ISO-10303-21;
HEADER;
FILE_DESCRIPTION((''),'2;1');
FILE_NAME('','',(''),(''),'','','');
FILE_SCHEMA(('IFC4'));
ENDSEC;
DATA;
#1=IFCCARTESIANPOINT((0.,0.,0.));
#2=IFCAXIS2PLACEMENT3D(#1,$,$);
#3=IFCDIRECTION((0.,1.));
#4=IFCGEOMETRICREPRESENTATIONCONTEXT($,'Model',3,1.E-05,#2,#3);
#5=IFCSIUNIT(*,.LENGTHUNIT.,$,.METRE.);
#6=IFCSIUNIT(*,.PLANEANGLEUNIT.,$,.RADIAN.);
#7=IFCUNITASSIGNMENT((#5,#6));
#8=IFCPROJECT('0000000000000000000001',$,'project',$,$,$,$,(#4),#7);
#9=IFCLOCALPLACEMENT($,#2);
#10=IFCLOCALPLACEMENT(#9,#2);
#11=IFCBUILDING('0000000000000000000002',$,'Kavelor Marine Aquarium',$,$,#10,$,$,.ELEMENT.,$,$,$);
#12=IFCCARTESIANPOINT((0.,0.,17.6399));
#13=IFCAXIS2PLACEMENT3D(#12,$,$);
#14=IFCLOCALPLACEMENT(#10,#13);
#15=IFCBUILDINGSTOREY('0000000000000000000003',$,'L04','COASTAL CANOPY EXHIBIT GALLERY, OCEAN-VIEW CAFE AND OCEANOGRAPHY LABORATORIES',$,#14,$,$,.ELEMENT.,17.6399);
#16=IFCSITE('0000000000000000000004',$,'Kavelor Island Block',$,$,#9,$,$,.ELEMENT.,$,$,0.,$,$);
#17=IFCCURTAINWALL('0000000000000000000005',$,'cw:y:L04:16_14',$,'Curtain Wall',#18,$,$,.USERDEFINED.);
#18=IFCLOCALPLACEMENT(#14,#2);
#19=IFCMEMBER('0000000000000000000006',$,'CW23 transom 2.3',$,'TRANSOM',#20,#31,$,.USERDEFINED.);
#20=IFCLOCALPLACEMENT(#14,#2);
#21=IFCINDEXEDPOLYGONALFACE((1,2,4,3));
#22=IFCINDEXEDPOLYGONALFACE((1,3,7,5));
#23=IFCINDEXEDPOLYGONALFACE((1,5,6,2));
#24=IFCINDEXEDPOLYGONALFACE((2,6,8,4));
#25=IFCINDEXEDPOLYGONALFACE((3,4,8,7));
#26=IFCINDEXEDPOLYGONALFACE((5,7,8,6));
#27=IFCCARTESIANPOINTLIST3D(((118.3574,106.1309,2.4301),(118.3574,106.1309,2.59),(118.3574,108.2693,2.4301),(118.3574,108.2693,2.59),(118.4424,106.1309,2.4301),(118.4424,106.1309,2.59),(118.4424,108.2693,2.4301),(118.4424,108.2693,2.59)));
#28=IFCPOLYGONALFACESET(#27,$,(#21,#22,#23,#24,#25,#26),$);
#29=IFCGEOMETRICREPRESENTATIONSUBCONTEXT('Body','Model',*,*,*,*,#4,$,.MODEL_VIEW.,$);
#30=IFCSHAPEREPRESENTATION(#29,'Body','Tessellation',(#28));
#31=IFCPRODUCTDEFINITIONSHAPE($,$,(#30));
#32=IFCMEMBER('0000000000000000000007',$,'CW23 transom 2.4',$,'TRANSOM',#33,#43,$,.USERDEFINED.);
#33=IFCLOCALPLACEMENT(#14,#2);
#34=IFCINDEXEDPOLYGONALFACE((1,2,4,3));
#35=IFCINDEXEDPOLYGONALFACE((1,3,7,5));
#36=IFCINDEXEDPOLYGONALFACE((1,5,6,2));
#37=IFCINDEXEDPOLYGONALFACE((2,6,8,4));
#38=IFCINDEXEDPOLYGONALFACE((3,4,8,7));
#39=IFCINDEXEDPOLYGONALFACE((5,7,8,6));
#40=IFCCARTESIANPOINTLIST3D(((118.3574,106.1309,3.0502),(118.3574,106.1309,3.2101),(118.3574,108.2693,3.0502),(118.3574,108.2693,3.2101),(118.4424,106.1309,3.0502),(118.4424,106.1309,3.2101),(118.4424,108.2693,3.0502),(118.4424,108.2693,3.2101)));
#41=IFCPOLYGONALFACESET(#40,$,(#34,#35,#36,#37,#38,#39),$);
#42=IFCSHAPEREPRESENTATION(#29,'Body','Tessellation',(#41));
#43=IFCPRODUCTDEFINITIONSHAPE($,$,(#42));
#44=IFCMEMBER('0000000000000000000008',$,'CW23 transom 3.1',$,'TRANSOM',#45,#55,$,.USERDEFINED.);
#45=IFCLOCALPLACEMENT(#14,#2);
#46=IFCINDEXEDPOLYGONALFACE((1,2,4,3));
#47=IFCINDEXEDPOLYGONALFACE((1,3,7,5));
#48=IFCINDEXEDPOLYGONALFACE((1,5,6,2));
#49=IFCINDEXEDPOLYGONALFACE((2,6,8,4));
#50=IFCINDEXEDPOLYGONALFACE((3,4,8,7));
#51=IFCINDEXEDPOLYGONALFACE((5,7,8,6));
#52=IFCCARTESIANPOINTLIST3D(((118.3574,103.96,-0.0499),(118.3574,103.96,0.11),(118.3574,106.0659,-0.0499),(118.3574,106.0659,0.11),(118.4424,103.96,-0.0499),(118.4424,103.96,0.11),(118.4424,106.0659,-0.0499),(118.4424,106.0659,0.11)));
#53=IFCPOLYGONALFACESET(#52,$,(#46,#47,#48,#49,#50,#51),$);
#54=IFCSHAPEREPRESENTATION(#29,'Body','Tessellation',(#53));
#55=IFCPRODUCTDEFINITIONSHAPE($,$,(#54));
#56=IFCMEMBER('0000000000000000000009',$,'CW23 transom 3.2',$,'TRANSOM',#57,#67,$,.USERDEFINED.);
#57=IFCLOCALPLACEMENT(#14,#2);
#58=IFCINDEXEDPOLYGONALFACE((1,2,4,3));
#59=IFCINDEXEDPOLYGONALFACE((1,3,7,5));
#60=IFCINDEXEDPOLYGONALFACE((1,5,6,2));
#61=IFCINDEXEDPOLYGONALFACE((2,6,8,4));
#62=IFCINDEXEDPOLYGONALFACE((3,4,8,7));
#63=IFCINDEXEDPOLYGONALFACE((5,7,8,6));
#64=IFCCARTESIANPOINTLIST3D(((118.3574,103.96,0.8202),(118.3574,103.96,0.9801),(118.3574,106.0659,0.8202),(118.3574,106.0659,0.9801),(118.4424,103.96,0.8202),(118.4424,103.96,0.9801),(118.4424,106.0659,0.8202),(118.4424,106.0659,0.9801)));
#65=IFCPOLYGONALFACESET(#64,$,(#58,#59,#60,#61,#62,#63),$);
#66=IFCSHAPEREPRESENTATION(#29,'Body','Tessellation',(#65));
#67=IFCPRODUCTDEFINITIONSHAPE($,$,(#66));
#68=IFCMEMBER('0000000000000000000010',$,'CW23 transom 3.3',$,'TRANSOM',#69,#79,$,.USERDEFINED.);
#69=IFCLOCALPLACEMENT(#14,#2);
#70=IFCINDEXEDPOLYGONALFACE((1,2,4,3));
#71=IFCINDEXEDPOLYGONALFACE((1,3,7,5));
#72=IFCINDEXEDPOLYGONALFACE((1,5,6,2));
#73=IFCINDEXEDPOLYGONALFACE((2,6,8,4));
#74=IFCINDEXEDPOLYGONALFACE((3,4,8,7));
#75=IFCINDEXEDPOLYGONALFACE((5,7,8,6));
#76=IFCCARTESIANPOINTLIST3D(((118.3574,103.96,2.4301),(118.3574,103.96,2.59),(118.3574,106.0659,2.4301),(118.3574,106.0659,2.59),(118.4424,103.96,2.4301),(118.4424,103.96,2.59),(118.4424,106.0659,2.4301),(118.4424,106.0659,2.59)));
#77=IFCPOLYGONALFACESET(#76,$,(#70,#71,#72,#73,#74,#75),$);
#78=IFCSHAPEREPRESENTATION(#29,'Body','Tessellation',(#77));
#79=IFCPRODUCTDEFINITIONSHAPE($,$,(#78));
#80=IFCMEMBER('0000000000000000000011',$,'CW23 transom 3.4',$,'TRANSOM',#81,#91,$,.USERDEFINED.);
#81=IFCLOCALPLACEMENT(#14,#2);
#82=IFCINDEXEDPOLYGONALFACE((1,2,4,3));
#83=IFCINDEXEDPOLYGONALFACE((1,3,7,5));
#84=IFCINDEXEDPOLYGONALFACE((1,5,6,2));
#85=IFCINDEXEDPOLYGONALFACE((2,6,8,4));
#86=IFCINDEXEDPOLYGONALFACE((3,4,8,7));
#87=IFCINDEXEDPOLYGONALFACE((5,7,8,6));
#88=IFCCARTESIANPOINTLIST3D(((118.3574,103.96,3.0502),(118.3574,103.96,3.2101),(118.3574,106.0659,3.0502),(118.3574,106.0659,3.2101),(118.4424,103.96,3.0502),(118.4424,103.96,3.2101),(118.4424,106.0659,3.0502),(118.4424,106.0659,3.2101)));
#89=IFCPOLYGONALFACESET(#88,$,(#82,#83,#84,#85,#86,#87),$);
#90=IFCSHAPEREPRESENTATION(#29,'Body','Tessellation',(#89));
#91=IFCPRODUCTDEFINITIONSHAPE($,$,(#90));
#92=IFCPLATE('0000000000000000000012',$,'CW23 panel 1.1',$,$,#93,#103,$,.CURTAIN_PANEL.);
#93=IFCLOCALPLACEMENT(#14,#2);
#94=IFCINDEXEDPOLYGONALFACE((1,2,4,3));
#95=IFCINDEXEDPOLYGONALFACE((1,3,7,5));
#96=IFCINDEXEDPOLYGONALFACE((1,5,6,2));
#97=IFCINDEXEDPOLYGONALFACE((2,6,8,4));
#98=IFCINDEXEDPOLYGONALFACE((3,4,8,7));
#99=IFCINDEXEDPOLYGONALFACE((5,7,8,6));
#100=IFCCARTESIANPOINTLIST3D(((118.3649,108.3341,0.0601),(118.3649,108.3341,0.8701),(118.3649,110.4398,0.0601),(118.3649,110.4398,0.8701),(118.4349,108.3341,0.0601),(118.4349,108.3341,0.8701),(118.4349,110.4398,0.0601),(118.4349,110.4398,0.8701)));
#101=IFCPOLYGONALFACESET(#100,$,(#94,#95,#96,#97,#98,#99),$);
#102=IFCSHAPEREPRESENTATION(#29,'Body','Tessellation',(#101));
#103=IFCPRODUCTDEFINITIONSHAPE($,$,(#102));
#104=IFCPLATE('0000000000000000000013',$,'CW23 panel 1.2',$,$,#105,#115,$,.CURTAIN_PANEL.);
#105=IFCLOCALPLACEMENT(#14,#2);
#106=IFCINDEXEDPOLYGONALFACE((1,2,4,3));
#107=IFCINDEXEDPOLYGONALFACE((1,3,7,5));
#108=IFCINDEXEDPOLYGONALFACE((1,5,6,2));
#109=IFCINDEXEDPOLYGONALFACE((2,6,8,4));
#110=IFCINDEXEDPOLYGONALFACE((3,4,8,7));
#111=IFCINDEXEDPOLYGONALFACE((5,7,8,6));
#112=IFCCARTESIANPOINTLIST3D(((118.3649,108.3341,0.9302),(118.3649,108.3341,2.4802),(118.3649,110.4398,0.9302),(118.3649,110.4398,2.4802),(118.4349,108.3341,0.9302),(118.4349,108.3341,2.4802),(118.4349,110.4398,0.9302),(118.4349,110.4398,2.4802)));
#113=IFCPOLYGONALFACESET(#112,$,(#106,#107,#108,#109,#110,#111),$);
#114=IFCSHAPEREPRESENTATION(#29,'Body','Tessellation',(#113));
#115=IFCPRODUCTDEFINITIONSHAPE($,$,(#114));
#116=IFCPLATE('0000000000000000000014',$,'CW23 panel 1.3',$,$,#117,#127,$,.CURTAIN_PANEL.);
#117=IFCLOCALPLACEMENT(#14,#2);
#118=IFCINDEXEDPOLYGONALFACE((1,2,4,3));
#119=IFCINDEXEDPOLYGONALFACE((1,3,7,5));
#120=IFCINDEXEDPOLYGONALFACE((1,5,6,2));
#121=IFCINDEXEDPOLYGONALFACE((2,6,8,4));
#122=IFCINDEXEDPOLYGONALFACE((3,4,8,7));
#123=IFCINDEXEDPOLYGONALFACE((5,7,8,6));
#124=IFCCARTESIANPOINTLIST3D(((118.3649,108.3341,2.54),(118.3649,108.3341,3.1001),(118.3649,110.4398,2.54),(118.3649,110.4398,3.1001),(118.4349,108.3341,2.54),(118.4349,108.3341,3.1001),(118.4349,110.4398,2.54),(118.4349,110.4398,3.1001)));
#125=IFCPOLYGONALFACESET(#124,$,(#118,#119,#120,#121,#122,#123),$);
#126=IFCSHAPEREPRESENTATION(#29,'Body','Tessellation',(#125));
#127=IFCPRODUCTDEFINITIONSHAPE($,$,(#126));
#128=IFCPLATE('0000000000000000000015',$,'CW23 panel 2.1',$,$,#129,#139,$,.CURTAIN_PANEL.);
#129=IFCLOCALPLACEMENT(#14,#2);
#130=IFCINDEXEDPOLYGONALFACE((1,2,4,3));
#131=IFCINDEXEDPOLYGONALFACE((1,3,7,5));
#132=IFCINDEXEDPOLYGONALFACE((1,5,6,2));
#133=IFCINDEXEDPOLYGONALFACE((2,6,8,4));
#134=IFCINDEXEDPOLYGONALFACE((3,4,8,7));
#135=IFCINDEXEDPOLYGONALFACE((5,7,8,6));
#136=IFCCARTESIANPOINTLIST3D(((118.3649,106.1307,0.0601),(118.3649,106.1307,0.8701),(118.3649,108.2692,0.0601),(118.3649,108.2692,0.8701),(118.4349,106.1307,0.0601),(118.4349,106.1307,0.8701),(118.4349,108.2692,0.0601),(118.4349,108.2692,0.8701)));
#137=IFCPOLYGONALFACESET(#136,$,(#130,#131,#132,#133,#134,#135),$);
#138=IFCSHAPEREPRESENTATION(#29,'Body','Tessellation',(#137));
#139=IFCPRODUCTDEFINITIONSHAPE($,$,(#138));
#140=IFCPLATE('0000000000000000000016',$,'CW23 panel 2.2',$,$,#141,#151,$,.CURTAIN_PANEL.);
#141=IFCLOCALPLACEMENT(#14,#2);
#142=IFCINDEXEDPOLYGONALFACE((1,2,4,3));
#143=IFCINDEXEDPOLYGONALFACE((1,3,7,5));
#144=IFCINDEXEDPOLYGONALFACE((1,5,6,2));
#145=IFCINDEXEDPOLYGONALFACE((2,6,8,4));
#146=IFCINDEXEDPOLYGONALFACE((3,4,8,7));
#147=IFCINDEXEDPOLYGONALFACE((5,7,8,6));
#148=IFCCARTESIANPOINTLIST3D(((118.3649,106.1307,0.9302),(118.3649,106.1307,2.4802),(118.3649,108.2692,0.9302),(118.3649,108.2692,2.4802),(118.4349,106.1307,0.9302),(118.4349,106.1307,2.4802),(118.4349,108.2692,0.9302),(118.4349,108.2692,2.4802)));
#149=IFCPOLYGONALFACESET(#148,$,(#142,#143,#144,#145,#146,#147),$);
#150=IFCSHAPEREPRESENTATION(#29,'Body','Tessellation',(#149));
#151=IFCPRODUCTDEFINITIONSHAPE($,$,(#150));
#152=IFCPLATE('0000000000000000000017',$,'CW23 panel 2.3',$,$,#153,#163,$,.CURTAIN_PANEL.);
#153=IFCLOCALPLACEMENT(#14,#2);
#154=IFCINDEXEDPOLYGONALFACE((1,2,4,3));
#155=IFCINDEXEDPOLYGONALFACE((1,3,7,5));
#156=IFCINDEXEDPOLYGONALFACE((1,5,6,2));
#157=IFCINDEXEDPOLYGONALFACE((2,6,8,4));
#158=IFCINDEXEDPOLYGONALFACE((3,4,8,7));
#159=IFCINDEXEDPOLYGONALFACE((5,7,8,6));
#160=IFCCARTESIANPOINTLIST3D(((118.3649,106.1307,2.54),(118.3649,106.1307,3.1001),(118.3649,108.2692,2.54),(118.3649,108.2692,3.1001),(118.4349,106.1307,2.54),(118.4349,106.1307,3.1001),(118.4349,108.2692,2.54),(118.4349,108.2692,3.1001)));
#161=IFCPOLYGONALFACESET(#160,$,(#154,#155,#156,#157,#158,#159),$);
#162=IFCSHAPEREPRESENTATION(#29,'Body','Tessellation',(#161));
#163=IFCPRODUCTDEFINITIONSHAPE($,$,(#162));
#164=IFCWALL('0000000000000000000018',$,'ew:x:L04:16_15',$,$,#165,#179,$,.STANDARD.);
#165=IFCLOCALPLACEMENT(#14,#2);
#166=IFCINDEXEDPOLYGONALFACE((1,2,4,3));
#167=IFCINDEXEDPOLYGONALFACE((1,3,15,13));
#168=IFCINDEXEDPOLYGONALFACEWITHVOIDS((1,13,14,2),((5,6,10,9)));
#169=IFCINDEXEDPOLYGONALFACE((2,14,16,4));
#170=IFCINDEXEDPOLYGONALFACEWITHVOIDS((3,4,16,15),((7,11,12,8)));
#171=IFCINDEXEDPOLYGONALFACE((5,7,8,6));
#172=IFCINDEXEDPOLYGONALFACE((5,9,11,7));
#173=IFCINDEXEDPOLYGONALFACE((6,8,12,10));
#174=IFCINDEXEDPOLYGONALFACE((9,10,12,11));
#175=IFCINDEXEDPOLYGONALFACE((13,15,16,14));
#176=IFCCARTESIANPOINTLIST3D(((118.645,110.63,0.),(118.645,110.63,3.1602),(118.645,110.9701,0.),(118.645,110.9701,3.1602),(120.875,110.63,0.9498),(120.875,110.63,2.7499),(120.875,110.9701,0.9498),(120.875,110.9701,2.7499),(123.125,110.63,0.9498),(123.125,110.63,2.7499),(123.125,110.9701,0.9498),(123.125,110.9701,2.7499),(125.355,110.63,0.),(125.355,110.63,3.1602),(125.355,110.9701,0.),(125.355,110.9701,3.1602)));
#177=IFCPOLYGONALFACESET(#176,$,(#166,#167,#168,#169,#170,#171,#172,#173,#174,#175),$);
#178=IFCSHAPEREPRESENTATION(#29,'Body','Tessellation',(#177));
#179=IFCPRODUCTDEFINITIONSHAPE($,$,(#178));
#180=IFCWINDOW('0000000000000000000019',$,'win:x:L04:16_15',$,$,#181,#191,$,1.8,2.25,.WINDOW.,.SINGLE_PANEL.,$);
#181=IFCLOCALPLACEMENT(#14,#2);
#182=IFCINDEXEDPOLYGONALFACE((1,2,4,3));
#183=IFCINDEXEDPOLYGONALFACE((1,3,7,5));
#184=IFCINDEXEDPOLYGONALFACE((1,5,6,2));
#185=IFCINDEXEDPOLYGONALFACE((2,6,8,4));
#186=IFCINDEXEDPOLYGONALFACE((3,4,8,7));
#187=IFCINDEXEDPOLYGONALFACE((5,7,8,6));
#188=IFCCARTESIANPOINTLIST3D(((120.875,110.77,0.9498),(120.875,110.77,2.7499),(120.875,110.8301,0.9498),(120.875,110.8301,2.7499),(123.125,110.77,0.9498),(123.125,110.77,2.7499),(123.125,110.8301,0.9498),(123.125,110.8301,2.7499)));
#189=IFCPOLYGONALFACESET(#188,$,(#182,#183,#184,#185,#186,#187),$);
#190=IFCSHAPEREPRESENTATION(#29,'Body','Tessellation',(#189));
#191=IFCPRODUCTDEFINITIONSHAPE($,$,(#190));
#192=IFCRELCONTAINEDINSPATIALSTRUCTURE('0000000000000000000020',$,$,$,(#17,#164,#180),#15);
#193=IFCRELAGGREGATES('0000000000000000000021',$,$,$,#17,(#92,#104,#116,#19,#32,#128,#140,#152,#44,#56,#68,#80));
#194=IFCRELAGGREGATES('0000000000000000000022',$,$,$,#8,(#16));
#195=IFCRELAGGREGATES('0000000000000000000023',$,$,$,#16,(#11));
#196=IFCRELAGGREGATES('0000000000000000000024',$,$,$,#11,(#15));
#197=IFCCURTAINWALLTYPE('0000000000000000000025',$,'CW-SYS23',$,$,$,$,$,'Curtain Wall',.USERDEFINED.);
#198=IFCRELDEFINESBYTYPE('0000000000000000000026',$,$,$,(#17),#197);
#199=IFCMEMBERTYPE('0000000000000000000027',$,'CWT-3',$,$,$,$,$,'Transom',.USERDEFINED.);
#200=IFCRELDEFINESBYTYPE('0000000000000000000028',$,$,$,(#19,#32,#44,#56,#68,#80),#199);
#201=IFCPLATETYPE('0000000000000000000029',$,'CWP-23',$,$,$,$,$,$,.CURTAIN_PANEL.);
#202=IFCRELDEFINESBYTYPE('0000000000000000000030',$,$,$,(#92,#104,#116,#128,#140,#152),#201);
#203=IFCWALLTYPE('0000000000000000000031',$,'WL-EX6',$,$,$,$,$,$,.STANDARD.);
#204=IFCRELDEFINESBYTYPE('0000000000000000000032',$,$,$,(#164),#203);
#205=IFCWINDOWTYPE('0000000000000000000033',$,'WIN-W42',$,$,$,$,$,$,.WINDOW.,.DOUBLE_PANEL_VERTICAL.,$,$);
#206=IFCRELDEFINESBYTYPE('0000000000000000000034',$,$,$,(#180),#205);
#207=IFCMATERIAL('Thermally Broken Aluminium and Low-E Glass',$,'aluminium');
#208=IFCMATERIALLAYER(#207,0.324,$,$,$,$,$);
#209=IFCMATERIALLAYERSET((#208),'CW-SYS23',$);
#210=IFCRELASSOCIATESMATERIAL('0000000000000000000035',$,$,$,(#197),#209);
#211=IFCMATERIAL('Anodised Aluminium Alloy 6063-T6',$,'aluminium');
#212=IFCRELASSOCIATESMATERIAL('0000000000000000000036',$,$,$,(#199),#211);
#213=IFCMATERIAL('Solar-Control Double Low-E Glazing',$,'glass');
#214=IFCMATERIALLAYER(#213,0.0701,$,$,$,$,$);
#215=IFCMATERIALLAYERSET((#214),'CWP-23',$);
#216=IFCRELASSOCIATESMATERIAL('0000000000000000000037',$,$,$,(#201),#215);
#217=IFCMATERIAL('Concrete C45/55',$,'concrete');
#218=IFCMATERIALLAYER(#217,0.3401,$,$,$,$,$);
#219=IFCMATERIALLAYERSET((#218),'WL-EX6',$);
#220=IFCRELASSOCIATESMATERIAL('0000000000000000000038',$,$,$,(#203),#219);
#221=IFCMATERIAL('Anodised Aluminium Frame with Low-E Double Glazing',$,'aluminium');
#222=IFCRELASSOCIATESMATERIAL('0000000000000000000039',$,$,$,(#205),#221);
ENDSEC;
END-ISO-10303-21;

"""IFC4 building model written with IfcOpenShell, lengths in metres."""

from ifc_helpers import new_model, si_unit, direction, frame, frame_2d, origin, origin_2d, place, context, subcontext, project, spatial, rectangle, extrude, material, layer, layer_set, material_profile, profile_set, type_object, element, fill, aggregate, save


model = new_model("IFC4")

# Units and contexts
model_context = context("Model", 3, precision=1e-05, world=origin(), true_north=direction((0.0, 1.0)))
body_context = subcontext(model_context, "Body", "Model", "MODEL_VIEW")
ifc_project = project(units=[si_unit("LENGTHUNIT", "METRE"), si_unit("PLANEANGLEUNIT", "RADIAN")], contexts=[model_context])

# Site, building, storey
site_placement = place(None, origin())
site = spatial("IfcSite", under=ifc_project, at=site_placement, Name="Kavelor Island Block", CompositionType="ELEMENT", RefElevation=0.0)
building_placement = place(site_placement, origin())
building = spatial("IfcBuilding", under=site, at=building_placement, Name="Kavelor Marine Aquarium", CompositionType="ELEMENT")
storey_placement = place(building_placement, frame((0.0, 0.0, 17.6399)))
storey = spatial("IfcBuildingStorey", under=building, at=storey_placement, Name="L04", Description="COASTAL CANOPY EXHIBIT GALLERY, OCEAN-VIEW CAFE AND OCEANOGRAPHY LABORATORIES", CompositionType="ELEMENT", Elevation=17.6399)

# Curtain wall, members, plates
ifc_material_1 = material(Name="Thermally Broken Aluminium and Low-E Glass", Category="aluminium")
ifc_layer_1 = layer(ifc_material_1, 0.324)
ifc_layer_set_1 = layer_set([ifc_layer_1], Name="CW-SYS23")
curtain_wall_type = type_object("IfcCurtainWallType", Name="CW-SYS23", ElementType="Curtain Wall", PredefinedType="USERDEFINED", material=ifc_layer_set_1)
curtain_wall_placement = place(storey_placement, origin())
curtain_wall = element("IfcCurtainWall", 1, at=curtain_wall_placement, inside=storey, type_object=curtain_wall_type, Name="cw:y:L04:16_14", ObjectType="Curtain Wall", PredefinedType="USERDEFINED")
ifc_material_2 = material(Name="Anodised Aluminium Alloy 6063-T6", Category="aluminium")
ifc_material_profile_1 = material_profile(ifc_material_2, rectangle(XDim=0.085, YDim=0.1599, at=origin_2d()), Name="CW-TRN 85x160")
ifc_profile_set_1 = profile_set([ifc_material_profile_1], Name="Anodised Aluminium Alloy 6063-T6")
member_type_1 = type_object("IfcMemberType", Name="CWT-3", ElementType="Transom", PredefinedType="USERDEFINED", material=ifc_profile_set_1)
member_1_placement = place(storey_placement, frame((118.3999, 108.2693, 2.51), z_axis=(0.0, -1.0, 0.0), x_axis=(1.0, 0.0, 0.0)))
member_1 = element("IfcMember", 2, at=member_1_placement, type_object=member_type_1, Name="CW23 transom 2.3", ObjectType="TRANSOM", PredefinedType="USERDEFINED", context=body_context, shape_type="SweptSolid", body=[
    extrude(rectangle(XDim=0.085, YDim=0.1599, at=origin_2d()), origin(), (0.0, 0.0, 1.0), 2.1384),
])
member_2_placement = place(storey_placement, frame((118.3999, 108.2693, 3.1301), z_axis=(0.0, -1.0, 0.0), x_axis=(1.0, 0.0, 0.0)))
member_2 = element("IfcMember", 3, at=member_2_placement, type_object=member_type_1, Name="CW23 transom 2.4", ObjectType="TRANSOM", PredefinedType="USERDEFINED", context=body_context, shape_type="SweptSolid", body=[
    extrude(rectangle(XDim=0.085, YDim=0.1599, at=origin_2d()), origin(), (0.0, 0.0, 1.0), 2.1384),
])
member_3_placement = place(storey_placement, frame((118.3999, 106.0659, 0.03), z_axis=(0.0, -1.0, 0.0), x_axis=(1.0, 0.0, 0.0)))
member_3 = element("IfcMember", 4, at=member_3_placement, type_object=member_type_1, Name="CW23 transom 3.1", ObjectType="TRANSOM", PredefinedType="USERDEFINED", context=body_context, shape_type="SweptSolid", body=[
    extrude(rectangle(XDim=0.085, YDim=0.1599, at=origin_2d()), origin(), (0.0, 0.0, 1.0), 2.106),
])
member_4_placement = place(storey_placement, frame((118.3999, 106.0659, 0.9001), z_axis=(0.0, -1.0, 0.0), x_axis=(1.0, 0.0, 0.0)))
member_4 = element("IfcMember", 5, at=member_4_placement, type_object=member_type_1, Name="CW23 transom 3.2", ObjectType="TRANSOM", PredefinedType="USERDEFINED", context=body_context, shape_type="SweptSolid", body=[
    extrude(rectangle(XDim=0.085, YDim=0.1599, at=origin_2d()), origin(), (0.0, 0.0, 1.0), 2.106),
])
member_5_placement = place(storey_placement, frame((118.3999, 106.0659, 2.51), z_axis=(0.0, -1.0, 0.0), x_axis=(1.0, 0.0, 0.0)))
member_5 = element("IfcMember", 6, at=member_5_placement, type_object=member_type_1, Name="CW23 transom 3.3", ObjectType="TRANSOM", PredefinedType="USERDEFINED", context=body_context, shape_type="SweptSolid", body=[
    extrude(rectangle(XDim=0.085, YDim=0.1599, at=origin_2d()), origin(), (0.0, 0.0, 1.0), 2.106),
])
member_6_placement = place(storey_placement, frame((118.3999, 106.0659, 3.1301), z_axis=(0.0, -1.0, 0.0), x_axis=(1.0, 0.0, 0.0)))
member_6 = element("IfcMember", 7, at=member_6_placement, type_object=member_type_1, Name="CW23 transom 3.4", ObjectType="TRANSOM", PredefinedType="USERDEFINED", context=body_context, shape_type="SweptSolid", body=[
    extrude(rectangle(XDim=0.085, YDim=0.1599, at=origin_2d()), origin(), (0.0, 0.0, 1.0), 2.106),
])
ifc_material_3 = material(Name="Solar-Control Double Low-E Glazing", Category="glass")
ifc_layer_2 = layer(ifc_material_3, 0.0701)
ifc_layer_set_2 = layer_set([ifc_layer_2], Name="CWP-23")
plate_type = type_object("IfcPlateType", Name="CWP-23", PredefinedType="CURTAIN_PANEL", material=ifc_layer_set_2)
plate_1_placement = place(storey_placement, frame((118.3999, 109.387, 0.0601), z_axis=(0.0, 0.0, 1.0), x_axis=(0.0, -1.0, 0.0)))
plate_1 = element("IfcPlate", 8, at=plate_1_placement, type_object=plate_type, Name="CW23 panel 1.1", PredefinedType="CURTAIN_PANEL", context=body_context, shape_type="SweptSolid", body=[
    extrude(rectangle(XDim=2.1057, YDim=0.0701, at=origin_2d()), origin(), (0.0, 0.0, 1.0), 0.8101),
])
plate_2_placement = place(storey_placement, frame((118.3999, 109.387, 0.9302), z_axis=(0.0, 0.0, 1.0), x_axis=(0.0, -1.0, 0.0)))
plate_2 = element("IfcPlate", 9, at=plate_2_placement, type_object=plate_type, Name="CW23 panel 1.2", PredefinedType="CURTAIN_PANEL", context=body_context, shape_type="SweptSolid", body=[
    extrude(rectangle(XDim=2.1057, YDim=0.0701, at=origin_2d()), origin(), (0.0, 0.0, 1.0), 1.55),
])
plate_3_placement = place(storey_placement, frame((118.3999, 109.387, 2.54), z_axis=(0.0, 0.0, 1.0), x_axis=(0.0, -1.0, 0.0)))
plate_3 = element("IfcPlate", 10, at=plate_3_placement, type_object=plate_type, Name="CW23 panel 1.3", PredefinedType="CURTAIN_PANEL", context=body_context, shape_type="SweptSolid", body=[
    extrude(rectangle(XDim=2.1057, YDim=0.0701, at=origin_2d()), origin(), (0.0, 0.0, 1.0), 0.5601),
])
plate_4_placement = place(storey_placement, frame((118.3999, 107.2, 0.0601), z_axis=(0.0, 0.0, 1.0), x_axis=(0.0, -1.0, 0.0)))
plate_4 = element("IfcPlate", 11, at=plate_4_placement, type_object=plate_type, Name="CW23 panel 2.1", PredefinedType="CURTAIN_PANEL", context=body_context, shape_type="SweptSolid", body=[
    extrude(rectangle(XDim=2.1384, YDim=0.0701, at=origin_2d()), origin(), (0.0, 0.0, 1.0), 0.8101),
])
plate_5_placement = place(storey_placement, frame((118.3999, 107.2, 0.9302), z_axis=(0.0, 0.0, 1.0), x_axis=(0.0, -1.0, 0.0)))
plate_5 = element("IfcPlate", 12, at=plate_5_placement, type_object=plate_type, Name="CW23 panel 2.2", PredefinedType="CURTAIN_PANEL", context=body_context, shape_type="SweptSolid", body=[
    extrude(rectangle(XDim=2.1384, YDim=0.0701, at=origin_2d()), origin(), (0.0, 0.0, 1.0), 1.55),
])
plate_6_placement = place(storey_placement, frame((118.3999, 107.2, 2.54), z_axis=(0.0, 0.0, 1.0), x_axis=(0.0, -1.0, 0.0)))
plate_6 = element("IfcPlate", 13, at=plate_6_placement, type_object=plate_type, Name="CW23 panel 2.3", PredefinedType="CURTAIN_PANEL", context=body_context, shape_type="SweptSolid", body=[
    extrude(rectangle(XDim=2.1384, YDim=0.0701, at=origin_2d()), origin(), (0.0, 0.0, 1.0), 0.5601),
])
aggregate(curtain_wall, [plate_1, plate_2, plate_3, member_1, member_2, plate_4, plate_5, plate_6, member_3, member_4, member_5, member_6])

# Wall, opening, window
ifc_material_4 = material(Name="Concrete C45/55", Category="concrete")
ifc_layer_3 = layer(ifc_material_4, 0.3401)
ifc_layer_set_3 = layer_set([ifc_layer_3], Name="WL-EX6")
wall_type_1 = type_object("IfcWallType", Name="WL-EX6", PredefinedType="STANDARD", material=ifc_layer_set_3)
wall_1_placement = place(storey_placement, frame((118.645, 110.8, 0.0), z_axis=(0.0, 0.0, 1.0), x_axis=(1.0, 0.0, 0.0)))
wall_1 = element("IfcWall", 14, at=wall_1_placement, inside=storey, type_object=wall_type_1, Name="ew:x:L04:16_15", PredefinedType="STANDARD", context=body_context, shape_type="SweptSolid", body=[
    extrude(rectangle(XDim=6.71, YDim=0.3401, at=frame_2d((3.355, 0.0))), origin(), (0.0, 0.0, 1.0), 3.1602),
])
opening_placement = place(wall_1_placement, frame((2.23, 0.0, 0.95)))
opening = element("IfcOpeningElement", 15, at=opening_placement, cuts=wall_1, PredefinedType="OPENING", context=body_context, shape_type="SweptSolid", body=[
    extrude(rectangle(XDim=2.25, YDim=1.8, at=frame_2d((1.125, 0.8999))), frame((0.0, 0.1799, 0.0), z_axis=(0.0, -1.0, 0.0), x_axis=(1.0, 0.0, 0.0)), (0.0, 0.0, 1.0), 0.3601),
])
ifc_material_5 = material(Name="Anodised Aluminium Frame with Low-E Double Glazing", Category="aluminium")
window_type = type_object("IfcWindowType", Name="WIN-W42", PartitioningType="DOUBLE_PANEL_VERTICAL", PredefinedType="WINDOW", material=ifc_material_5)
window_placement = place(opening_placement, origin())
window = element("IfcWindow", 16, at=window_placement, inside=storey, type_object=window_type, Name="win:x:L04:16_15", OverallHeight=1.8, OverallWidth=2.25, PartitioningType="SINGLE_PANEL", PredefinedType="WINDOW", context=body_context, shape_type="SweptSolid", body=[
    extrude(rectangle(XDim=2.25, YDim=1.8, at=frame_2d((1.125, 0.8999))), frame((0.0, 0.03, 0.0), z_axis=(0.0, -1.0, 0.0), x_axis=(1.0, 0.0, 0.0)), (0.0, 0.0, 1.0), 0.0601),
])
fill(opening, window)

save(model, "model.ifc")
